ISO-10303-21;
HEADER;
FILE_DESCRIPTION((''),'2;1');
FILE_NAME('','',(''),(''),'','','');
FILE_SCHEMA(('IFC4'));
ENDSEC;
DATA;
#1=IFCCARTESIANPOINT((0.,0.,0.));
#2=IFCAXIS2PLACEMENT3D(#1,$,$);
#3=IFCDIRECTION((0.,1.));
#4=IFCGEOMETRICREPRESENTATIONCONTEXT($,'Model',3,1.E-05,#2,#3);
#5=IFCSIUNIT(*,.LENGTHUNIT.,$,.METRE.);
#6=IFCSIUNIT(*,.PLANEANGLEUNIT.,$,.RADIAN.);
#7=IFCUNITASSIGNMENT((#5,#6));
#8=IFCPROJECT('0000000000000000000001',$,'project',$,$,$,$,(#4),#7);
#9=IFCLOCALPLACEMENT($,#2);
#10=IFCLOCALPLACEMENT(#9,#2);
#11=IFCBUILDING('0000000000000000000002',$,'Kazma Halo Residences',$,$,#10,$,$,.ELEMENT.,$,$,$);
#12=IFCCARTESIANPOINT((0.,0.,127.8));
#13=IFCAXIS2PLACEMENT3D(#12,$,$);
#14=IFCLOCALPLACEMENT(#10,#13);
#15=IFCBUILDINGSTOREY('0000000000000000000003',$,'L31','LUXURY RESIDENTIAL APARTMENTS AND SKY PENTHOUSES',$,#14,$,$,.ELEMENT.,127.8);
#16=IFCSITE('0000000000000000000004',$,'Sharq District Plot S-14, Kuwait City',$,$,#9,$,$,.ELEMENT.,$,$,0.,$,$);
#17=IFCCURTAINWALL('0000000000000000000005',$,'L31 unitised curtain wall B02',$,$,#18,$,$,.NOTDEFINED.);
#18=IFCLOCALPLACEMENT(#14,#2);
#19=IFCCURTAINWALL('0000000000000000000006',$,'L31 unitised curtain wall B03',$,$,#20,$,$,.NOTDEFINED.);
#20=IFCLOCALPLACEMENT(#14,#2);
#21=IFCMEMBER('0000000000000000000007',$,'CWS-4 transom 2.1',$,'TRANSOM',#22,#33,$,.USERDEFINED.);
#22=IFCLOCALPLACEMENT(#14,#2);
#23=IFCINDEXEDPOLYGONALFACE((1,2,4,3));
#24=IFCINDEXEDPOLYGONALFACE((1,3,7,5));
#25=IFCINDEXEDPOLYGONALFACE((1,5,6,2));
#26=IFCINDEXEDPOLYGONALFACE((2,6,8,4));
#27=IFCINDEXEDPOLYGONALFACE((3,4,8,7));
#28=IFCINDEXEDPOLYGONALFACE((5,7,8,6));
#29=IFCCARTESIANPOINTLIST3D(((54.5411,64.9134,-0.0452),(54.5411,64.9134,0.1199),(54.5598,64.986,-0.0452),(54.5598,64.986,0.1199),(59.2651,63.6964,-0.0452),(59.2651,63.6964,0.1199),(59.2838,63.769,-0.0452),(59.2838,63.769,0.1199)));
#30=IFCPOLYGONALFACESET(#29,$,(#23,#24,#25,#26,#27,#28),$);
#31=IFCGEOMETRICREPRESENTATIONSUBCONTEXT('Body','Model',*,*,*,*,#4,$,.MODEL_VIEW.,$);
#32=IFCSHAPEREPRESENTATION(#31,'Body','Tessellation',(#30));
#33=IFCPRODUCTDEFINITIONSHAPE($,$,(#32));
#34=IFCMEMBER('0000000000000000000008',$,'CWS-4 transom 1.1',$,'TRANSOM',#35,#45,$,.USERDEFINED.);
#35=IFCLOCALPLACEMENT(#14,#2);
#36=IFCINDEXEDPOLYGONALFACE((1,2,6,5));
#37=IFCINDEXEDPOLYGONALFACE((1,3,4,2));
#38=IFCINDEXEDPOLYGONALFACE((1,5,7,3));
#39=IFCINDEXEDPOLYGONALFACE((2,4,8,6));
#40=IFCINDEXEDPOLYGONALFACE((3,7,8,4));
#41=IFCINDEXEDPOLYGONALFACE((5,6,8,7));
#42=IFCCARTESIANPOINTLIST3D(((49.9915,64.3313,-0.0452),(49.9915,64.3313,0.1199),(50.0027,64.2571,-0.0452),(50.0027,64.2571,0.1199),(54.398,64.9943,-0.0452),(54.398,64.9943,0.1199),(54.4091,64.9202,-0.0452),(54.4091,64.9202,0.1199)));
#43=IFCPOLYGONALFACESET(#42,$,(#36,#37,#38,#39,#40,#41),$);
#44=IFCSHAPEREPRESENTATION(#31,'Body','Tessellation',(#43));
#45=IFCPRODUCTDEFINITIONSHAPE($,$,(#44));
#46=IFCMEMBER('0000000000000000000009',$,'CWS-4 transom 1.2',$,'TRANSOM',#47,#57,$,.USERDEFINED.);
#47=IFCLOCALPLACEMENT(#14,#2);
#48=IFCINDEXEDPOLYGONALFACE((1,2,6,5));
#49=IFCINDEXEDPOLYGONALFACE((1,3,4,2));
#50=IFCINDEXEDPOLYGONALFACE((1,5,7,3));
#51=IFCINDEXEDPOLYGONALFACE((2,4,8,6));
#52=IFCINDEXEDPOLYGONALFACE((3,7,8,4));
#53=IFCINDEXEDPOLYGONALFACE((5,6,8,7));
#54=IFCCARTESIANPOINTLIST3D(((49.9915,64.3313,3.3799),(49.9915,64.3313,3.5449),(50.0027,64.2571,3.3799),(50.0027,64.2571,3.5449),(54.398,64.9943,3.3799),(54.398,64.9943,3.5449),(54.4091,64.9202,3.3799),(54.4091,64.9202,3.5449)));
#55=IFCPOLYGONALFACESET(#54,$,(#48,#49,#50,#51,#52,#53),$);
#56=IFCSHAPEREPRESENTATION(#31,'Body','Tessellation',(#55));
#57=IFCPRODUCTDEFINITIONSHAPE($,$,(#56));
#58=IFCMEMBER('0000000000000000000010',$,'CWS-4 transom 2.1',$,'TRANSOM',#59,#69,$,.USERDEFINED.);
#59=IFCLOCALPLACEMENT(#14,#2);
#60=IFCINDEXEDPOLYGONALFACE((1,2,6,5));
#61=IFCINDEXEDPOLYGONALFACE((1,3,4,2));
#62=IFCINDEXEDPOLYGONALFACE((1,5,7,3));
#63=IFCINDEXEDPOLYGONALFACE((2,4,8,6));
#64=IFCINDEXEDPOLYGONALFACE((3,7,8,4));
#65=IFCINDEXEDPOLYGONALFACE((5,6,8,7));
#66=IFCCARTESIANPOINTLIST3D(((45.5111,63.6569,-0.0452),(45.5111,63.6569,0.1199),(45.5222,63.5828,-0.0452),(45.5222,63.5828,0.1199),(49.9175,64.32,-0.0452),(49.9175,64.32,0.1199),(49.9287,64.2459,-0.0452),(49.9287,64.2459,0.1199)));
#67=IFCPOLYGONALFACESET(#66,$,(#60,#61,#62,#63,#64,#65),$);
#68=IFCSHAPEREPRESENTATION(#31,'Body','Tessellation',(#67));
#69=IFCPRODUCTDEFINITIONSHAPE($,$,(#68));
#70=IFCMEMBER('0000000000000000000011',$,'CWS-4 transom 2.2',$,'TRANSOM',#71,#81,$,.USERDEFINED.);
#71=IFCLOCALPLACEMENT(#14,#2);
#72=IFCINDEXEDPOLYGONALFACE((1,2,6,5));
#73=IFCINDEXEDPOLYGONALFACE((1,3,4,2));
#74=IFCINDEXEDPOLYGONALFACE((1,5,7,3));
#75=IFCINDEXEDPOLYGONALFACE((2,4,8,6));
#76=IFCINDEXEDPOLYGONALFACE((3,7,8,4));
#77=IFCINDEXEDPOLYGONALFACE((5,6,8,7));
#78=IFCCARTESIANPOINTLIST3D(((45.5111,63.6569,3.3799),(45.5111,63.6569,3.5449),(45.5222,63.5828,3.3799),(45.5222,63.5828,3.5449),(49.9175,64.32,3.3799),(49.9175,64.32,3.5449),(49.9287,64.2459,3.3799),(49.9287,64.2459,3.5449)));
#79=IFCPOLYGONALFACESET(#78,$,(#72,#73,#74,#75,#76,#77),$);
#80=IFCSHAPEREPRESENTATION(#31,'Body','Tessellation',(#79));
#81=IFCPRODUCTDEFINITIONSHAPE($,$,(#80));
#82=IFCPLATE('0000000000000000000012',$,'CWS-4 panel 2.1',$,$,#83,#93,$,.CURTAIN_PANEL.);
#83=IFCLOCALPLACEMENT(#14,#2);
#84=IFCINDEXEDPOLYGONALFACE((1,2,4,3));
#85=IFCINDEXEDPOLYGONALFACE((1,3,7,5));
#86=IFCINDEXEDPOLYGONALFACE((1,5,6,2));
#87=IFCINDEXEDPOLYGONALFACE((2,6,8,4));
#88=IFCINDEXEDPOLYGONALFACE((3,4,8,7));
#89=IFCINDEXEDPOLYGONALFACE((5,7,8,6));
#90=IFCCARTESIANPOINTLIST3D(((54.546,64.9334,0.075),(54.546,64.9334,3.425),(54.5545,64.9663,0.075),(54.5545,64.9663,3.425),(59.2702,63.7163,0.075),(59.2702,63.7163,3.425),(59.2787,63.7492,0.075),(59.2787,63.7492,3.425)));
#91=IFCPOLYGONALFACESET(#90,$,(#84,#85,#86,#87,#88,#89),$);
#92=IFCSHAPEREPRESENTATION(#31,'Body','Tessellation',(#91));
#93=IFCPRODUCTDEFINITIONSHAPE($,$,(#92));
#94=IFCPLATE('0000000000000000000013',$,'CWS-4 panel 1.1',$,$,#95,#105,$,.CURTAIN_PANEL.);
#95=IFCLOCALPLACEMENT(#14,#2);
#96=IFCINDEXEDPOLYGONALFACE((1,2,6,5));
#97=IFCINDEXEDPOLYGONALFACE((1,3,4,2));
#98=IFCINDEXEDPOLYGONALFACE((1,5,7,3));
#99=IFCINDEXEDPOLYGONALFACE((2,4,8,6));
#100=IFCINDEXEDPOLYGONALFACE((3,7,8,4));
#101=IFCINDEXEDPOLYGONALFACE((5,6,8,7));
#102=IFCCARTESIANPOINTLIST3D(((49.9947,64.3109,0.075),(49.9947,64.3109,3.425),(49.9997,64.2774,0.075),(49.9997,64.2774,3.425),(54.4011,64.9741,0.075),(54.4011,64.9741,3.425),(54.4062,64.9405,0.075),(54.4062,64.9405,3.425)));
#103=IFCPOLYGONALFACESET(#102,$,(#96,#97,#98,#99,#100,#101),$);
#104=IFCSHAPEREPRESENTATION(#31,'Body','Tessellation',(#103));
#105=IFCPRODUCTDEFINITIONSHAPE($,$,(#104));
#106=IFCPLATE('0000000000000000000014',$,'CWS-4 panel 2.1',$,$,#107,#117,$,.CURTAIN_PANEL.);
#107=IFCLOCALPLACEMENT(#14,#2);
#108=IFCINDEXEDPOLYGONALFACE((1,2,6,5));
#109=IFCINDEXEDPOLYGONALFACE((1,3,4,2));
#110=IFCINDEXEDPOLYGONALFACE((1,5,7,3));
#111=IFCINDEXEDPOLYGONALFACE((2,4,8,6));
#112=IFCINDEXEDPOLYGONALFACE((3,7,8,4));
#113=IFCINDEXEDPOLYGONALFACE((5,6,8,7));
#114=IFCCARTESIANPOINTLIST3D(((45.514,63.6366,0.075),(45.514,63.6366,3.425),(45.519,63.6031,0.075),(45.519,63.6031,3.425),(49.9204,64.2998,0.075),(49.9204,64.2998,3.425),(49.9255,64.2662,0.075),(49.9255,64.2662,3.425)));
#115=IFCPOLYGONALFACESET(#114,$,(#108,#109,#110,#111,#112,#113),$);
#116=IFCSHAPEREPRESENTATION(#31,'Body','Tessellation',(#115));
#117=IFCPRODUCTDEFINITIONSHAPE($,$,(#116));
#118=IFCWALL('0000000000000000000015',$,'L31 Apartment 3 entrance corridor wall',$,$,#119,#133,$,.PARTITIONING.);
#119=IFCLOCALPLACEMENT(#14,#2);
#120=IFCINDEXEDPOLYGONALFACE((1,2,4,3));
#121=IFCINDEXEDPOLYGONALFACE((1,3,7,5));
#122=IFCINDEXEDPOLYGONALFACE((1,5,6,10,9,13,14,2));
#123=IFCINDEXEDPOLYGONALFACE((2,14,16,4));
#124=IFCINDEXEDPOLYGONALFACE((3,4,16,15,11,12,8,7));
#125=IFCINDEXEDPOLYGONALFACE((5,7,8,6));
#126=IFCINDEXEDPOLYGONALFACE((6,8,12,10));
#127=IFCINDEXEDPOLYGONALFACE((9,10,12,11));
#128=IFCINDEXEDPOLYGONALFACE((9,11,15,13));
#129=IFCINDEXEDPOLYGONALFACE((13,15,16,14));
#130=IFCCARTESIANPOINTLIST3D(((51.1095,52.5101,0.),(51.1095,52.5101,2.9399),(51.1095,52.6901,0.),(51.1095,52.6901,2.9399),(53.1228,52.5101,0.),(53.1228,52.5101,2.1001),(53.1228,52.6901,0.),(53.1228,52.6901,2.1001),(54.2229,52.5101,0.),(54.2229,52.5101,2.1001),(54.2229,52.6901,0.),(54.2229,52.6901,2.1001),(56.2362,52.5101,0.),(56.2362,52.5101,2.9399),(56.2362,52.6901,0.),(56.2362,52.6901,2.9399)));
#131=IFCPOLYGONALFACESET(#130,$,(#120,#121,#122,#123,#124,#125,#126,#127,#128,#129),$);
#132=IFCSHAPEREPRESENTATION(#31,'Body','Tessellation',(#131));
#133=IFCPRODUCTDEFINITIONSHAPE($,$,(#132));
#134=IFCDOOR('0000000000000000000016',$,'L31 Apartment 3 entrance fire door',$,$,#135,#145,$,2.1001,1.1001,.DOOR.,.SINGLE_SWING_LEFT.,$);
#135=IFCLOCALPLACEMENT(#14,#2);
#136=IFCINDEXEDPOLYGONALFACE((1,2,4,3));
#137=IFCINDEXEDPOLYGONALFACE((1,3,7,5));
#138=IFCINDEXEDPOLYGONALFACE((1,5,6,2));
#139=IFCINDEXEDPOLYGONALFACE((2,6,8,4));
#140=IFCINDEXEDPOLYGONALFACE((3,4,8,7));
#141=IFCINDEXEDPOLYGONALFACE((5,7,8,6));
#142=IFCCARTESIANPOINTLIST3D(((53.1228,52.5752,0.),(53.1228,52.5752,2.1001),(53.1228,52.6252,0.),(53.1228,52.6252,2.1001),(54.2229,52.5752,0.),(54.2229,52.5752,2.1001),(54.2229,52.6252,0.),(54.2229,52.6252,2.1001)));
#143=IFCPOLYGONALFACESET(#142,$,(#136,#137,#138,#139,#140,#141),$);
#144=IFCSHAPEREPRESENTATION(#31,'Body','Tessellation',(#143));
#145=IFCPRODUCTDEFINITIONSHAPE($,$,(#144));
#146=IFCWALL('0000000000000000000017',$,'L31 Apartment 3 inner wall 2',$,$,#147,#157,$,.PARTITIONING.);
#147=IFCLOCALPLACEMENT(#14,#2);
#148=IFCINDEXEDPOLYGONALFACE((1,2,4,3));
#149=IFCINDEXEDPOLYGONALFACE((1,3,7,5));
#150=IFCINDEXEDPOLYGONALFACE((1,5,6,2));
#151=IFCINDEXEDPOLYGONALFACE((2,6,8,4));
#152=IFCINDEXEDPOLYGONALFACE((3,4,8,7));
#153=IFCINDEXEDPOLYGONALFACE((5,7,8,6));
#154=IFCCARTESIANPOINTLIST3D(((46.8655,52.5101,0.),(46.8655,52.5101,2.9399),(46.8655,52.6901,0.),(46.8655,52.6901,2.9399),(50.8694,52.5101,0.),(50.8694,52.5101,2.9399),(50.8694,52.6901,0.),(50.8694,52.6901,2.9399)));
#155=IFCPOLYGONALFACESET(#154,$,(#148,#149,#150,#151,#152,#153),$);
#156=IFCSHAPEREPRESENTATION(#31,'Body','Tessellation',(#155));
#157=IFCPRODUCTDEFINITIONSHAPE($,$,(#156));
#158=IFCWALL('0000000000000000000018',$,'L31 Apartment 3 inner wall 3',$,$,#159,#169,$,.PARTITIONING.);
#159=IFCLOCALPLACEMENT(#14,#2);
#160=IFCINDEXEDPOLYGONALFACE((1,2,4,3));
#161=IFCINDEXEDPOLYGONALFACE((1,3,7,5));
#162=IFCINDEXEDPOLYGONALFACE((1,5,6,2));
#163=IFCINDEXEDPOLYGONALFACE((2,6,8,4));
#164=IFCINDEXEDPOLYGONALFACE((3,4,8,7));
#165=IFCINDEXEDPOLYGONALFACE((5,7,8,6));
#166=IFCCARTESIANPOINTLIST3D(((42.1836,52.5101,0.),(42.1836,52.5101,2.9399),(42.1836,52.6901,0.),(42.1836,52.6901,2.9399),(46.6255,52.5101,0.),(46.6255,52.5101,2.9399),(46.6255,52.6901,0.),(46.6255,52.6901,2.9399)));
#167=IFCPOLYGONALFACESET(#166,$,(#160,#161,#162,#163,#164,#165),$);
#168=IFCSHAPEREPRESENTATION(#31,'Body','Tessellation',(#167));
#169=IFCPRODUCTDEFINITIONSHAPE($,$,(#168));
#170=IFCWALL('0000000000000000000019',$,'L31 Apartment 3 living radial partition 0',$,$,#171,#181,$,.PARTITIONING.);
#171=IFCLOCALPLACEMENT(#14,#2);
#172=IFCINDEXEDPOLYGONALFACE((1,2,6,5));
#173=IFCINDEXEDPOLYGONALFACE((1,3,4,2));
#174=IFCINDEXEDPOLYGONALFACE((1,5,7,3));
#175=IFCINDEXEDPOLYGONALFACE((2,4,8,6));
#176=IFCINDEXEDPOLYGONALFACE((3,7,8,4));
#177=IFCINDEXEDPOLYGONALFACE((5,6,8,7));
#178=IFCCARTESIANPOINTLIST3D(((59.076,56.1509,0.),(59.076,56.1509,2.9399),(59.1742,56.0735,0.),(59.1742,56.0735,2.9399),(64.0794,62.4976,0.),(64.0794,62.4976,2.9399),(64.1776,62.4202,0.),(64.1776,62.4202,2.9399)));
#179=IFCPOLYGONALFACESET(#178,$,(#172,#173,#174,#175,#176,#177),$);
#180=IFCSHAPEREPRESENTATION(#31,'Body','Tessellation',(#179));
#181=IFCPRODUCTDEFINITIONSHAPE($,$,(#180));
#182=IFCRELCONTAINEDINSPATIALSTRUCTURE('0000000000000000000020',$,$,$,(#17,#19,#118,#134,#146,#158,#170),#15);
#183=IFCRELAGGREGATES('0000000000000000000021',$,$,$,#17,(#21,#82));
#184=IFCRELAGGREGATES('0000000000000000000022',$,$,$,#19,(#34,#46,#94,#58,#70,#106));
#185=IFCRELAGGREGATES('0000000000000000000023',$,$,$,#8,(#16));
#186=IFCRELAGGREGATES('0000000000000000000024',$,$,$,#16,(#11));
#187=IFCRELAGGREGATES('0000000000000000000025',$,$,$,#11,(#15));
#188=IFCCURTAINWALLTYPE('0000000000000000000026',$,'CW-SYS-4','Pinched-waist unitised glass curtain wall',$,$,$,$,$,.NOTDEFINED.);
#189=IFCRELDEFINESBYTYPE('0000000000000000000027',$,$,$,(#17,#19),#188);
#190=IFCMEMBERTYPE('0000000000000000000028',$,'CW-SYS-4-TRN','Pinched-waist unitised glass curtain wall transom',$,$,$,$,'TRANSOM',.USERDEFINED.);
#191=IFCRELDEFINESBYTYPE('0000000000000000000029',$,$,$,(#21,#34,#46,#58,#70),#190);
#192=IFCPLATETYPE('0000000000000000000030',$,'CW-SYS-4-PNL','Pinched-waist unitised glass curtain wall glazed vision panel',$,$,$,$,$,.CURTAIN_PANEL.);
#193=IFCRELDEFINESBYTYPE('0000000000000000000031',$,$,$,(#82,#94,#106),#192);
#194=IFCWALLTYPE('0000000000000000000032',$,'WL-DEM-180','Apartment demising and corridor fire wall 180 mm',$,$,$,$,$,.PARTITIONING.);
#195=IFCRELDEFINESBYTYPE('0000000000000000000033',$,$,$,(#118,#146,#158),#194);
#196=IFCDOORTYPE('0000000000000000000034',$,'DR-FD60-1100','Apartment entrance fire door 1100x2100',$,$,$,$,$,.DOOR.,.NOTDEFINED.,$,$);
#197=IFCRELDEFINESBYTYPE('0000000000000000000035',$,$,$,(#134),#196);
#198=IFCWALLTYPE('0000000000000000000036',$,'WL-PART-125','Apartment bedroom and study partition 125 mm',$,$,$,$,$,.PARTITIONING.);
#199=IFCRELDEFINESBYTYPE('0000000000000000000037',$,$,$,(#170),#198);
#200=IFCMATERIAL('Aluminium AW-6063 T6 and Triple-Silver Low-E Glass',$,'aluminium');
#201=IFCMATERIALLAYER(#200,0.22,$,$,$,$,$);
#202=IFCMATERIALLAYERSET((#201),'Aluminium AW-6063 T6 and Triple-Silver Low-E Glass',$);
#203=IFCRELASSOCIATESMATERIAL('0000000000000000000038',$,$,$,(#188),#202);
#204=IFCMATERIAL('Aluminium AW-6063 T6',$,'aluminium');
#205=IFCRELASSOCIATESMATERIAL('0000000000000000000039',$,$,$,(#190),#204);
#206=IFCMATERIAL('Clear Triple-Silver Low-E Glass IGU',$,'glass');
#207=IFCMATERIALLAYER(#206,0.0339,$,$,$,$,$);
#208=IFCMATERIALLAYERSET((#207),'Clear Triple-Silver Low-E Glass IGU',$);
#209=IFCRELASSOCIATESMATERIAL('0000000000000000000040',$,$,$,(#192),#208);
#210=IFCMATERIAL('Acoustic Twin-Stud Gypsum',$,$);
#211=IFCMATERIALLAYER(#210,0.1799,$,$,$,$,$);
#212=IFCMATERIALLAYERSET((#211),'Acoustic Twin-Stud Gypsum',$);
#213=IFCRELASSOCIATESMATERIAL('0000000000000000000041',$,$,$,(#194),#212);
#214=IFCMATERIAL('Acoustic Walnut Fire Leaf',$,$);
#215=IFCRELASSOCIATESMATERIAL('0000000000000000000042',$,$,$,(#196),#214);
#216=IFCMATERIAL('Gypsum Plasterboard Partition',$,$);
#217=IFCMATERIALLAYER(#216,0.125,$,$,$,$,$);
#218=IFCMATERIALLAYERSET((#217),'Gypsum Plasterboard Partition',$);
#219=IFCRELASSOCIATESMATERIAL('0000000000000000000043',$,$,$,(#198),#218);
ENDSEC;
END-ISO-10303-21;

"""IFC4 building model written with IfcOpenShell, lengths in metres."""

from ifc_helpers import new_model, si_unit, direction, frame, frame_2d, origin, origin_2d, place, context, subcontext, project, spatial, rectangle, extrude, material, layer, layer_set, material_profile, profile_set, type_object, element, fill, aggregate, save


model = new_model("IFC4")

# Units and contexts
model_context = context("Model", 3, precision=1e-05, world=origin(), true_north=direction((0.0, 1.0)))
body_context = subcontext(model_context, "Body", "Model", "MODEL_VIEW")
ifc_project = project(units=[si_unit("LENGTHUNIT", "METRE"), si_unit("PLANEANGLEUNIT", "RADIAN")], contexts=[model_context])

# Site, building, storey
site_placement = place(None, origin())
site = spatial("IfcSite", under=ifc_project, at=site_placement, Name="Sharq District Plot S-14, Kuwait City", CompositionType="ELEMENT", RefElevation=0.0)
building_placement = place(site_placement, origin())
building = spatial("IfcBuilding", under=site, at=building_placement, Name="Kazma Halo Residences", CompositionType="ELEMENT")
storey_placement = place(building_placement, frame((0.0, 0.0, 127.8)))
storey = spatial("IfcBuildingStorey", under=building, at=storey_placement, Name="L31", Description="LUXURY RESIDENTIAL APARTMENTS AND SKY PENTHOUSES", CompositionType="ELEMENT", Elevation=127.8)

# Curtain wall
ifc_material_1 = material(Name="Aluminium AW-6063 T6 and Triple-Silver Low-E Glass", Category="aluminium")
ifc_layer_1 = layer(ifc_material_1, 0.22)
ifc_layer_set_1 = layer_set([ifc_layer_1], Name="Aluminium AW-6063 T6 and Triple-Silver Low-E Glass")
curtain_wall_type = type_object("IfcCurtainWallType", Name="CW-SYS-4", Description="Pinched-waist unitised glass curtain wall", PredefinedType="NOTDEFINED", material=ifc_layer_set_1)
curtain_wall_1_placement = place(storey_placement, origin())
curtain_wall_1 = element("IfcCurtainWall", 1, at=curtain_wall_1_placement, inside=storey, type_object=curtain_wall_type, Name="L31 unitised curtain wall B02", PredefinedType="NOTDEFINED")
ifc_material_2 = material(Name="Aluminium AW-6063 T6", Category="aluminium")

# Curtain wall
curtain_wall_2_placement = place(storey_placement, origin())
curtain_wall_2 = element("IfcCurtainWall", 2, at=curtain_wall_2_placement, inside=storey, type_object=curtain_wall_type, Name="L31 unitised curtain wall B03", PredefinedType="NOTDEFINED")

# Members
ifc_material_profile_1 = material_profile(ifc_material_2, rectangle(XDim=0.075, YDim=0.165, at=origin_2d()), Name="CWT-75x165")
ifc_profile_set_1 = profile_set([ifc_material_profile_1], Name="Aluminium AW-6063 T6")
member_type_1 = type_object("IfcMemberType", Name="CW-SYS-4-TRN", Description="Pinched-waist unitised glass curtain wall transom", ElementType="TRANSOM", PredefinedType="USERDEFINED", material=ifc_profile_set_1)
member_1_placement = place(storey_placement, frame((59.2744, 63.7327, 0.0374), z_axis=(-0.968378, 0.249489, 0.0), x_axis=(-0.249489, -0.968378, 0.0)))
member_1 = element("IfcMember", 3, at=member_1_placement, type_object=member_type_1, Name="CWS-4 transom 2.1", ObjectType="TRANSOM", PredefinedType="USERDEFINED", context=body_context, shape_type="SweptSolid", body=[
    extrude(rectangle(XDim=0.075, YDim=0.165, at=origin_2d()), origin(), (0.0, 0.0, 1.0), 4.8782),
])
member_2_placement = place(storey_placement, frame((54.4036, 64.9573, 0.0374), z_axis=(-0.988867, -0.148804, 0.0), x_axis=(0.148804, -0.988867, 0.0)))
member_2 = element("IfcMember", 4, at=member_2_placement, type_object=member_type_1, Name="CWS-4 transom 1.1", ObjectType="TRANSOM", PredefinedType="USERDEFINED", context=body_context, shape_type="SweptSolid", body=[
    extrude(rectangle(XDim=0.075, YDim=0.165, at=origin_2d()), origin(), (0.0, 0.0, 1.0), 4.4561),
])
member_3_placement = place(storey_placement, frame((54.4036, 64.9573, 3.4624), z_axis=(-0.988867, -0.148804, 0.0), x_axis=(0.148804, -0.988867, 0.0)))
member_3 = element("IfcMember", 5, at=member_3_placement, type_object=member_type_1, Name="CWS-4 transom 1.2", ObjectType="TRANSOM", PredefinedType="USERDEFINED", context=body_context, shape_type="SweptSolid", body=[
    extrude(rectangle(XDim=0.075, YDim=0.165, at=origin_2d()), origin(), (0.0, 0.0, 1.0), 4.4561),
])
member_4_placement = place(storey_placement, frame((49.9231, 64.283, 0.0374), z_axis=(-0.988867, -0.148804, 0.0), x_axis=(0.148804, -0.988867, 0.0)))
member_4 = element("IfcMember", 6, at=member_4_placement, type_object=member_type_1, Name="CWS-4 transom 2.1", ObjectType="TRANSOM", PredefinedType="USERDEFINED", context=body_context, shape_type="SweptSolid", body=[
    extrude(rectangle(XDim=0.075, YDim=0.165, at=origin_2d()), origin(), (0.0, 0.0, 1.0), 4.4561),
])
member_5_placement = place(storey_placement, frame((49.9231, 64.283, 3.4624), z_axis=(-0.988867, -0.148804, 0.0), x_axis=(0.148804, -0.988867, 0.0)))
member_5 = element("IfcMember", 7, at=member_5_placement, type_object=member_type_1, Name="CWS-4 transom 2.2", ObjectType="TRANSOM", PredefinedType="USERDEFINED", context=body_context, shape_type="SweptSolid", body=[
    extrude(rectangle(XDim=0.075, YDim=0.165, at=origin_2d()), origin(), (0.0, 0.0, 1.0), 4.4561),
])

# Plates
ifc_material_3 = material(Name="Clear Triple-Silver Low-E Glass IGU", Category="glass")
ifc_layer_2 = layer(ifc_material_3, 0.0339)
ifc_layer_set_2 = layer_set([ifc_layer_2], Name="Clear Triple-Silver Low-E Glass IGU")
plate_type = type_object("IfcPlateType", Name="CW-SYS-4-PNL", Description="Pinched-waist unitised glass curtain wall glazed vision panel", PredefinedType="CURTAIN_PANEL", material=ifc_layer_set_2)
plate_1_placement = place(storey_placement, frame((56.9124, 64.3413, 0.075), z_axis=(0.0, 0.0, 1.0), x_axis=(-0.96838, 0.249479, 0.0)))
plate_1 = element("IfcPlate", 8, at=plate_1_placement, type_object=plate_type, Name="CWS-4 panel 2.1", PredefinedType="CURTAIN_PANEL", context=body_context, shape_type="SweptSolid", body=[
    extrude(rectangle(XDim=4.8784, YDim=0.0339, at=origin_2d()), origin(), (0.0, 0.0, 1.0), 3.3501),
])
aggregate(curtain_wall_1, [member_1, plate_1])
plate_2_placement = place(storey_placement, frame((52.2004, 64.6257, 0.075), z_axis=(0.0, 0.0, 1.0), x_axis=(-0.988864, -0.148821, 0.0)))
plate_2 = element("IfcPlate", 9, at=plate_2_placement, type_object=plate_type, Name="CWS-4 panel 1.1", PredefinedType="CURTAIN_PANEL", context=body_context, shape_type="SweptSolid", body=[
    extrude(rectangle(XDim=4.4561, YDim=0.0339, at=origin_2d()), origin(), (0.0, 0.0, 1.0), 3.3501),
])
plate_3_placement = place(storey_placement, frame((47.7197, 63.9514, 0.075), z_axis=(0.0, 0.0, 1.0), x_axis=(-0.988864, -0.148821, 0.0)))
plate_3 = element("IfcPlate", 10, at=plate_3_placement, type_object=plate_type, Name="CWS-4 panel 2.1", PredefinedType="CURTAIN_PANEL", context=body_context, shape_type="SweptSolid", body=[
    extrude(rectangle(XDim=4.4561, YDim=0.0339, at=origin_2d()), origin(), (0.0, 0.0, 1.0), 3.3501),
])
aggregate(curtain_wall_2, [member_2, member_3, plate_2, member_4, member_5, plate_3])

# Wall, opening, door
ifc_material_4 = material(Name="Acoustic Twin-Stud Gypsum")
ifc_layer_3 = layer(ifc_material_4, 0.1799)
ifc_layer_set_3 = layer_set([ifc_layer_3], Name="Acoustic Twin-Stud Gypsum")
wall_type_1 = type_object("IfcWallType", Name="WL-DEM-180", Description="Apartment demising and corridor fire wall 180 mm", PredefinedType="PARTITIONING", material=ifc_layer_set_3)
wall_1_placement = place(storey_placement, frame((56.2363, 52.6001, 0.0), z_axis=(0.0, 0.0, 1.0), x_axis=(-1.0, 0.0, 0.0)))
wall_1 = element("IfcWall", 11, at=wall_1_placement, inside=storey, type_object=wall_type_1, Name="L31 Apartment 3 entrance corridor wall", PredefinedType="PARTITIONING", context=body_context, shape_type="SweptSolid", body=[
    extrude(rectangle(XDim=5.1267, YDim=0.1799, at=frame_2d((2.5635, 0.0))), origin(), (0.0, 0.0, 1.0), 2.9399),
])
opening_1_placement = place(wall_1_placement, frame((2.0134, 0.0, 0.0)))
opening_1 = element("IfcOpeningElement", 12, at=opening_1_placement, cuts=wall_1, PredefinedType="OPENING", context=body_context, shape_type="SweptSolid", body=[
    extrude(rectangle(XDim=1.1001, YDim=2.1001, at=frame_2d((0.55, 1.05))), frame((0.0, 0.0999, 0.0), z_axis=(0.0, -1.0, 0.0), x_axis=(1.0, 0.0, 0.0)), (0.0, 0.0, 1.0), 0.2),
])
ifc_material_5 = material(Name="Acoustic Walnut Fire Leaf")
door_type_1 = type_object("IfcDoorType", Name="DR-FD60-1100", Description="Apartment entrance fire door 1100x2100", OperationType="NOTDEFINED", PredefinedType="DOOR", material=ifc_material_5)
door_1_placement = place(opening_1_placement, origin())
door_1 = element("IfcDoor", 13, at=door_1_placement, inside=storey, type_object=door_type_1, Name="L31 Apartment 3 entrance fire door", OperationType="SINGLE_SWING_LEFT", OverallHeight=2.1001, OverallWidth=1.1001, PredefinedType="DOOR", context=body_context, shape_type="SweptSolid", body=[
    extrude(rectangle(XDim=1.1001, YDim=2.1001, at=frame_2d((0.55, 1.05))), frame((0.0, 0.0249, 0.0), z_axis=(0.0, -1.0, 0.0), x_axis=(1.0, 0.0, 0.0)), (0.0, 0.0, 1.0), 0.05),
])
fill(opening_1, door_1)

# Walls
wall_2_placement = place(storey_placement, frame((50.8694, 52.6001, 0.0), z_axis=(0.0, 0.0, 1.0), x_axis=(-1.0, 0.0, 0.0)))
element("IfcWall", 14, at=wall_2_placement, inside=storey, type_object=wall_type_1, Name="L31 Apartment 3 inner wall 2", PredefinedType="PARTITIONING", context=body_context, shape_type="SweptSolid", body=[
    extrude(rectangle(XDim=4.0039, YDim=0.1799, at=frame_2d((2.002, 0.0))), origin(), (0.0, 0.0, 1.0), 2.9399),
])
wall_3_placement = place(storey_placement, frame((46.6255, 52.6001, 0.0), z_axis=(0.0, 0.0, 1.0), x_axis=(-1.0, 0.0, 0.0)))
element("IfcWall", 15, at=wall_3_placement, inside=storey, type_object=wall_type_1, Name="L31 Apartment 3 inner wall 3", PredefinedType="PARTITIONING", context=body_context, shape_type="SweptSolid", body=[
    extrude(rectangle(XDim=4.4419, YDim=0.1799, at=frame_2d((2.2209, 0.0))), origin(), (0.0, 0.0, 1.0), 2.9399),
])
ifc_material_6 = material(Name="Gypsum Plasterboard Partition")
ifc_layer_4 = layer(ifc_material_6, 0.125)
ifc_layer_set_4 = layer_set([ifc_layer_4], Name="Gypsum Plasterboard Partition")
wall_type_2 = type_object("IfcWallType", Name="WL-PART-125", Description="Apartment bedroom and study partition 125 mm", PredefinedType="PARTITIONING", material=ifc_layer_set_4)
wall_4_placement = place(storey_placement, frame((59.125, 56.1121, 0.0), z_axis=(0.0, 0.0, 1.0), x_axis=(0.619102, 0.785311, 0.0)))
element("IfcWall", 16, at=wall_4_placement, inside=storey, type_object=wall_type_2, Name="L31 Apartment 3 living radial partition 0", PredefinedType="PARTITIONING", context=body_context, shape_type="SweptSolid", body=[
    extrude(rectangle(XDim=8.0818, YDim=0.125, at=frame_2d((4.041, 0.0))), origin(), (0.0, 0.0, 1.0), 2.9399),
])

save(model, "model.ifc")
